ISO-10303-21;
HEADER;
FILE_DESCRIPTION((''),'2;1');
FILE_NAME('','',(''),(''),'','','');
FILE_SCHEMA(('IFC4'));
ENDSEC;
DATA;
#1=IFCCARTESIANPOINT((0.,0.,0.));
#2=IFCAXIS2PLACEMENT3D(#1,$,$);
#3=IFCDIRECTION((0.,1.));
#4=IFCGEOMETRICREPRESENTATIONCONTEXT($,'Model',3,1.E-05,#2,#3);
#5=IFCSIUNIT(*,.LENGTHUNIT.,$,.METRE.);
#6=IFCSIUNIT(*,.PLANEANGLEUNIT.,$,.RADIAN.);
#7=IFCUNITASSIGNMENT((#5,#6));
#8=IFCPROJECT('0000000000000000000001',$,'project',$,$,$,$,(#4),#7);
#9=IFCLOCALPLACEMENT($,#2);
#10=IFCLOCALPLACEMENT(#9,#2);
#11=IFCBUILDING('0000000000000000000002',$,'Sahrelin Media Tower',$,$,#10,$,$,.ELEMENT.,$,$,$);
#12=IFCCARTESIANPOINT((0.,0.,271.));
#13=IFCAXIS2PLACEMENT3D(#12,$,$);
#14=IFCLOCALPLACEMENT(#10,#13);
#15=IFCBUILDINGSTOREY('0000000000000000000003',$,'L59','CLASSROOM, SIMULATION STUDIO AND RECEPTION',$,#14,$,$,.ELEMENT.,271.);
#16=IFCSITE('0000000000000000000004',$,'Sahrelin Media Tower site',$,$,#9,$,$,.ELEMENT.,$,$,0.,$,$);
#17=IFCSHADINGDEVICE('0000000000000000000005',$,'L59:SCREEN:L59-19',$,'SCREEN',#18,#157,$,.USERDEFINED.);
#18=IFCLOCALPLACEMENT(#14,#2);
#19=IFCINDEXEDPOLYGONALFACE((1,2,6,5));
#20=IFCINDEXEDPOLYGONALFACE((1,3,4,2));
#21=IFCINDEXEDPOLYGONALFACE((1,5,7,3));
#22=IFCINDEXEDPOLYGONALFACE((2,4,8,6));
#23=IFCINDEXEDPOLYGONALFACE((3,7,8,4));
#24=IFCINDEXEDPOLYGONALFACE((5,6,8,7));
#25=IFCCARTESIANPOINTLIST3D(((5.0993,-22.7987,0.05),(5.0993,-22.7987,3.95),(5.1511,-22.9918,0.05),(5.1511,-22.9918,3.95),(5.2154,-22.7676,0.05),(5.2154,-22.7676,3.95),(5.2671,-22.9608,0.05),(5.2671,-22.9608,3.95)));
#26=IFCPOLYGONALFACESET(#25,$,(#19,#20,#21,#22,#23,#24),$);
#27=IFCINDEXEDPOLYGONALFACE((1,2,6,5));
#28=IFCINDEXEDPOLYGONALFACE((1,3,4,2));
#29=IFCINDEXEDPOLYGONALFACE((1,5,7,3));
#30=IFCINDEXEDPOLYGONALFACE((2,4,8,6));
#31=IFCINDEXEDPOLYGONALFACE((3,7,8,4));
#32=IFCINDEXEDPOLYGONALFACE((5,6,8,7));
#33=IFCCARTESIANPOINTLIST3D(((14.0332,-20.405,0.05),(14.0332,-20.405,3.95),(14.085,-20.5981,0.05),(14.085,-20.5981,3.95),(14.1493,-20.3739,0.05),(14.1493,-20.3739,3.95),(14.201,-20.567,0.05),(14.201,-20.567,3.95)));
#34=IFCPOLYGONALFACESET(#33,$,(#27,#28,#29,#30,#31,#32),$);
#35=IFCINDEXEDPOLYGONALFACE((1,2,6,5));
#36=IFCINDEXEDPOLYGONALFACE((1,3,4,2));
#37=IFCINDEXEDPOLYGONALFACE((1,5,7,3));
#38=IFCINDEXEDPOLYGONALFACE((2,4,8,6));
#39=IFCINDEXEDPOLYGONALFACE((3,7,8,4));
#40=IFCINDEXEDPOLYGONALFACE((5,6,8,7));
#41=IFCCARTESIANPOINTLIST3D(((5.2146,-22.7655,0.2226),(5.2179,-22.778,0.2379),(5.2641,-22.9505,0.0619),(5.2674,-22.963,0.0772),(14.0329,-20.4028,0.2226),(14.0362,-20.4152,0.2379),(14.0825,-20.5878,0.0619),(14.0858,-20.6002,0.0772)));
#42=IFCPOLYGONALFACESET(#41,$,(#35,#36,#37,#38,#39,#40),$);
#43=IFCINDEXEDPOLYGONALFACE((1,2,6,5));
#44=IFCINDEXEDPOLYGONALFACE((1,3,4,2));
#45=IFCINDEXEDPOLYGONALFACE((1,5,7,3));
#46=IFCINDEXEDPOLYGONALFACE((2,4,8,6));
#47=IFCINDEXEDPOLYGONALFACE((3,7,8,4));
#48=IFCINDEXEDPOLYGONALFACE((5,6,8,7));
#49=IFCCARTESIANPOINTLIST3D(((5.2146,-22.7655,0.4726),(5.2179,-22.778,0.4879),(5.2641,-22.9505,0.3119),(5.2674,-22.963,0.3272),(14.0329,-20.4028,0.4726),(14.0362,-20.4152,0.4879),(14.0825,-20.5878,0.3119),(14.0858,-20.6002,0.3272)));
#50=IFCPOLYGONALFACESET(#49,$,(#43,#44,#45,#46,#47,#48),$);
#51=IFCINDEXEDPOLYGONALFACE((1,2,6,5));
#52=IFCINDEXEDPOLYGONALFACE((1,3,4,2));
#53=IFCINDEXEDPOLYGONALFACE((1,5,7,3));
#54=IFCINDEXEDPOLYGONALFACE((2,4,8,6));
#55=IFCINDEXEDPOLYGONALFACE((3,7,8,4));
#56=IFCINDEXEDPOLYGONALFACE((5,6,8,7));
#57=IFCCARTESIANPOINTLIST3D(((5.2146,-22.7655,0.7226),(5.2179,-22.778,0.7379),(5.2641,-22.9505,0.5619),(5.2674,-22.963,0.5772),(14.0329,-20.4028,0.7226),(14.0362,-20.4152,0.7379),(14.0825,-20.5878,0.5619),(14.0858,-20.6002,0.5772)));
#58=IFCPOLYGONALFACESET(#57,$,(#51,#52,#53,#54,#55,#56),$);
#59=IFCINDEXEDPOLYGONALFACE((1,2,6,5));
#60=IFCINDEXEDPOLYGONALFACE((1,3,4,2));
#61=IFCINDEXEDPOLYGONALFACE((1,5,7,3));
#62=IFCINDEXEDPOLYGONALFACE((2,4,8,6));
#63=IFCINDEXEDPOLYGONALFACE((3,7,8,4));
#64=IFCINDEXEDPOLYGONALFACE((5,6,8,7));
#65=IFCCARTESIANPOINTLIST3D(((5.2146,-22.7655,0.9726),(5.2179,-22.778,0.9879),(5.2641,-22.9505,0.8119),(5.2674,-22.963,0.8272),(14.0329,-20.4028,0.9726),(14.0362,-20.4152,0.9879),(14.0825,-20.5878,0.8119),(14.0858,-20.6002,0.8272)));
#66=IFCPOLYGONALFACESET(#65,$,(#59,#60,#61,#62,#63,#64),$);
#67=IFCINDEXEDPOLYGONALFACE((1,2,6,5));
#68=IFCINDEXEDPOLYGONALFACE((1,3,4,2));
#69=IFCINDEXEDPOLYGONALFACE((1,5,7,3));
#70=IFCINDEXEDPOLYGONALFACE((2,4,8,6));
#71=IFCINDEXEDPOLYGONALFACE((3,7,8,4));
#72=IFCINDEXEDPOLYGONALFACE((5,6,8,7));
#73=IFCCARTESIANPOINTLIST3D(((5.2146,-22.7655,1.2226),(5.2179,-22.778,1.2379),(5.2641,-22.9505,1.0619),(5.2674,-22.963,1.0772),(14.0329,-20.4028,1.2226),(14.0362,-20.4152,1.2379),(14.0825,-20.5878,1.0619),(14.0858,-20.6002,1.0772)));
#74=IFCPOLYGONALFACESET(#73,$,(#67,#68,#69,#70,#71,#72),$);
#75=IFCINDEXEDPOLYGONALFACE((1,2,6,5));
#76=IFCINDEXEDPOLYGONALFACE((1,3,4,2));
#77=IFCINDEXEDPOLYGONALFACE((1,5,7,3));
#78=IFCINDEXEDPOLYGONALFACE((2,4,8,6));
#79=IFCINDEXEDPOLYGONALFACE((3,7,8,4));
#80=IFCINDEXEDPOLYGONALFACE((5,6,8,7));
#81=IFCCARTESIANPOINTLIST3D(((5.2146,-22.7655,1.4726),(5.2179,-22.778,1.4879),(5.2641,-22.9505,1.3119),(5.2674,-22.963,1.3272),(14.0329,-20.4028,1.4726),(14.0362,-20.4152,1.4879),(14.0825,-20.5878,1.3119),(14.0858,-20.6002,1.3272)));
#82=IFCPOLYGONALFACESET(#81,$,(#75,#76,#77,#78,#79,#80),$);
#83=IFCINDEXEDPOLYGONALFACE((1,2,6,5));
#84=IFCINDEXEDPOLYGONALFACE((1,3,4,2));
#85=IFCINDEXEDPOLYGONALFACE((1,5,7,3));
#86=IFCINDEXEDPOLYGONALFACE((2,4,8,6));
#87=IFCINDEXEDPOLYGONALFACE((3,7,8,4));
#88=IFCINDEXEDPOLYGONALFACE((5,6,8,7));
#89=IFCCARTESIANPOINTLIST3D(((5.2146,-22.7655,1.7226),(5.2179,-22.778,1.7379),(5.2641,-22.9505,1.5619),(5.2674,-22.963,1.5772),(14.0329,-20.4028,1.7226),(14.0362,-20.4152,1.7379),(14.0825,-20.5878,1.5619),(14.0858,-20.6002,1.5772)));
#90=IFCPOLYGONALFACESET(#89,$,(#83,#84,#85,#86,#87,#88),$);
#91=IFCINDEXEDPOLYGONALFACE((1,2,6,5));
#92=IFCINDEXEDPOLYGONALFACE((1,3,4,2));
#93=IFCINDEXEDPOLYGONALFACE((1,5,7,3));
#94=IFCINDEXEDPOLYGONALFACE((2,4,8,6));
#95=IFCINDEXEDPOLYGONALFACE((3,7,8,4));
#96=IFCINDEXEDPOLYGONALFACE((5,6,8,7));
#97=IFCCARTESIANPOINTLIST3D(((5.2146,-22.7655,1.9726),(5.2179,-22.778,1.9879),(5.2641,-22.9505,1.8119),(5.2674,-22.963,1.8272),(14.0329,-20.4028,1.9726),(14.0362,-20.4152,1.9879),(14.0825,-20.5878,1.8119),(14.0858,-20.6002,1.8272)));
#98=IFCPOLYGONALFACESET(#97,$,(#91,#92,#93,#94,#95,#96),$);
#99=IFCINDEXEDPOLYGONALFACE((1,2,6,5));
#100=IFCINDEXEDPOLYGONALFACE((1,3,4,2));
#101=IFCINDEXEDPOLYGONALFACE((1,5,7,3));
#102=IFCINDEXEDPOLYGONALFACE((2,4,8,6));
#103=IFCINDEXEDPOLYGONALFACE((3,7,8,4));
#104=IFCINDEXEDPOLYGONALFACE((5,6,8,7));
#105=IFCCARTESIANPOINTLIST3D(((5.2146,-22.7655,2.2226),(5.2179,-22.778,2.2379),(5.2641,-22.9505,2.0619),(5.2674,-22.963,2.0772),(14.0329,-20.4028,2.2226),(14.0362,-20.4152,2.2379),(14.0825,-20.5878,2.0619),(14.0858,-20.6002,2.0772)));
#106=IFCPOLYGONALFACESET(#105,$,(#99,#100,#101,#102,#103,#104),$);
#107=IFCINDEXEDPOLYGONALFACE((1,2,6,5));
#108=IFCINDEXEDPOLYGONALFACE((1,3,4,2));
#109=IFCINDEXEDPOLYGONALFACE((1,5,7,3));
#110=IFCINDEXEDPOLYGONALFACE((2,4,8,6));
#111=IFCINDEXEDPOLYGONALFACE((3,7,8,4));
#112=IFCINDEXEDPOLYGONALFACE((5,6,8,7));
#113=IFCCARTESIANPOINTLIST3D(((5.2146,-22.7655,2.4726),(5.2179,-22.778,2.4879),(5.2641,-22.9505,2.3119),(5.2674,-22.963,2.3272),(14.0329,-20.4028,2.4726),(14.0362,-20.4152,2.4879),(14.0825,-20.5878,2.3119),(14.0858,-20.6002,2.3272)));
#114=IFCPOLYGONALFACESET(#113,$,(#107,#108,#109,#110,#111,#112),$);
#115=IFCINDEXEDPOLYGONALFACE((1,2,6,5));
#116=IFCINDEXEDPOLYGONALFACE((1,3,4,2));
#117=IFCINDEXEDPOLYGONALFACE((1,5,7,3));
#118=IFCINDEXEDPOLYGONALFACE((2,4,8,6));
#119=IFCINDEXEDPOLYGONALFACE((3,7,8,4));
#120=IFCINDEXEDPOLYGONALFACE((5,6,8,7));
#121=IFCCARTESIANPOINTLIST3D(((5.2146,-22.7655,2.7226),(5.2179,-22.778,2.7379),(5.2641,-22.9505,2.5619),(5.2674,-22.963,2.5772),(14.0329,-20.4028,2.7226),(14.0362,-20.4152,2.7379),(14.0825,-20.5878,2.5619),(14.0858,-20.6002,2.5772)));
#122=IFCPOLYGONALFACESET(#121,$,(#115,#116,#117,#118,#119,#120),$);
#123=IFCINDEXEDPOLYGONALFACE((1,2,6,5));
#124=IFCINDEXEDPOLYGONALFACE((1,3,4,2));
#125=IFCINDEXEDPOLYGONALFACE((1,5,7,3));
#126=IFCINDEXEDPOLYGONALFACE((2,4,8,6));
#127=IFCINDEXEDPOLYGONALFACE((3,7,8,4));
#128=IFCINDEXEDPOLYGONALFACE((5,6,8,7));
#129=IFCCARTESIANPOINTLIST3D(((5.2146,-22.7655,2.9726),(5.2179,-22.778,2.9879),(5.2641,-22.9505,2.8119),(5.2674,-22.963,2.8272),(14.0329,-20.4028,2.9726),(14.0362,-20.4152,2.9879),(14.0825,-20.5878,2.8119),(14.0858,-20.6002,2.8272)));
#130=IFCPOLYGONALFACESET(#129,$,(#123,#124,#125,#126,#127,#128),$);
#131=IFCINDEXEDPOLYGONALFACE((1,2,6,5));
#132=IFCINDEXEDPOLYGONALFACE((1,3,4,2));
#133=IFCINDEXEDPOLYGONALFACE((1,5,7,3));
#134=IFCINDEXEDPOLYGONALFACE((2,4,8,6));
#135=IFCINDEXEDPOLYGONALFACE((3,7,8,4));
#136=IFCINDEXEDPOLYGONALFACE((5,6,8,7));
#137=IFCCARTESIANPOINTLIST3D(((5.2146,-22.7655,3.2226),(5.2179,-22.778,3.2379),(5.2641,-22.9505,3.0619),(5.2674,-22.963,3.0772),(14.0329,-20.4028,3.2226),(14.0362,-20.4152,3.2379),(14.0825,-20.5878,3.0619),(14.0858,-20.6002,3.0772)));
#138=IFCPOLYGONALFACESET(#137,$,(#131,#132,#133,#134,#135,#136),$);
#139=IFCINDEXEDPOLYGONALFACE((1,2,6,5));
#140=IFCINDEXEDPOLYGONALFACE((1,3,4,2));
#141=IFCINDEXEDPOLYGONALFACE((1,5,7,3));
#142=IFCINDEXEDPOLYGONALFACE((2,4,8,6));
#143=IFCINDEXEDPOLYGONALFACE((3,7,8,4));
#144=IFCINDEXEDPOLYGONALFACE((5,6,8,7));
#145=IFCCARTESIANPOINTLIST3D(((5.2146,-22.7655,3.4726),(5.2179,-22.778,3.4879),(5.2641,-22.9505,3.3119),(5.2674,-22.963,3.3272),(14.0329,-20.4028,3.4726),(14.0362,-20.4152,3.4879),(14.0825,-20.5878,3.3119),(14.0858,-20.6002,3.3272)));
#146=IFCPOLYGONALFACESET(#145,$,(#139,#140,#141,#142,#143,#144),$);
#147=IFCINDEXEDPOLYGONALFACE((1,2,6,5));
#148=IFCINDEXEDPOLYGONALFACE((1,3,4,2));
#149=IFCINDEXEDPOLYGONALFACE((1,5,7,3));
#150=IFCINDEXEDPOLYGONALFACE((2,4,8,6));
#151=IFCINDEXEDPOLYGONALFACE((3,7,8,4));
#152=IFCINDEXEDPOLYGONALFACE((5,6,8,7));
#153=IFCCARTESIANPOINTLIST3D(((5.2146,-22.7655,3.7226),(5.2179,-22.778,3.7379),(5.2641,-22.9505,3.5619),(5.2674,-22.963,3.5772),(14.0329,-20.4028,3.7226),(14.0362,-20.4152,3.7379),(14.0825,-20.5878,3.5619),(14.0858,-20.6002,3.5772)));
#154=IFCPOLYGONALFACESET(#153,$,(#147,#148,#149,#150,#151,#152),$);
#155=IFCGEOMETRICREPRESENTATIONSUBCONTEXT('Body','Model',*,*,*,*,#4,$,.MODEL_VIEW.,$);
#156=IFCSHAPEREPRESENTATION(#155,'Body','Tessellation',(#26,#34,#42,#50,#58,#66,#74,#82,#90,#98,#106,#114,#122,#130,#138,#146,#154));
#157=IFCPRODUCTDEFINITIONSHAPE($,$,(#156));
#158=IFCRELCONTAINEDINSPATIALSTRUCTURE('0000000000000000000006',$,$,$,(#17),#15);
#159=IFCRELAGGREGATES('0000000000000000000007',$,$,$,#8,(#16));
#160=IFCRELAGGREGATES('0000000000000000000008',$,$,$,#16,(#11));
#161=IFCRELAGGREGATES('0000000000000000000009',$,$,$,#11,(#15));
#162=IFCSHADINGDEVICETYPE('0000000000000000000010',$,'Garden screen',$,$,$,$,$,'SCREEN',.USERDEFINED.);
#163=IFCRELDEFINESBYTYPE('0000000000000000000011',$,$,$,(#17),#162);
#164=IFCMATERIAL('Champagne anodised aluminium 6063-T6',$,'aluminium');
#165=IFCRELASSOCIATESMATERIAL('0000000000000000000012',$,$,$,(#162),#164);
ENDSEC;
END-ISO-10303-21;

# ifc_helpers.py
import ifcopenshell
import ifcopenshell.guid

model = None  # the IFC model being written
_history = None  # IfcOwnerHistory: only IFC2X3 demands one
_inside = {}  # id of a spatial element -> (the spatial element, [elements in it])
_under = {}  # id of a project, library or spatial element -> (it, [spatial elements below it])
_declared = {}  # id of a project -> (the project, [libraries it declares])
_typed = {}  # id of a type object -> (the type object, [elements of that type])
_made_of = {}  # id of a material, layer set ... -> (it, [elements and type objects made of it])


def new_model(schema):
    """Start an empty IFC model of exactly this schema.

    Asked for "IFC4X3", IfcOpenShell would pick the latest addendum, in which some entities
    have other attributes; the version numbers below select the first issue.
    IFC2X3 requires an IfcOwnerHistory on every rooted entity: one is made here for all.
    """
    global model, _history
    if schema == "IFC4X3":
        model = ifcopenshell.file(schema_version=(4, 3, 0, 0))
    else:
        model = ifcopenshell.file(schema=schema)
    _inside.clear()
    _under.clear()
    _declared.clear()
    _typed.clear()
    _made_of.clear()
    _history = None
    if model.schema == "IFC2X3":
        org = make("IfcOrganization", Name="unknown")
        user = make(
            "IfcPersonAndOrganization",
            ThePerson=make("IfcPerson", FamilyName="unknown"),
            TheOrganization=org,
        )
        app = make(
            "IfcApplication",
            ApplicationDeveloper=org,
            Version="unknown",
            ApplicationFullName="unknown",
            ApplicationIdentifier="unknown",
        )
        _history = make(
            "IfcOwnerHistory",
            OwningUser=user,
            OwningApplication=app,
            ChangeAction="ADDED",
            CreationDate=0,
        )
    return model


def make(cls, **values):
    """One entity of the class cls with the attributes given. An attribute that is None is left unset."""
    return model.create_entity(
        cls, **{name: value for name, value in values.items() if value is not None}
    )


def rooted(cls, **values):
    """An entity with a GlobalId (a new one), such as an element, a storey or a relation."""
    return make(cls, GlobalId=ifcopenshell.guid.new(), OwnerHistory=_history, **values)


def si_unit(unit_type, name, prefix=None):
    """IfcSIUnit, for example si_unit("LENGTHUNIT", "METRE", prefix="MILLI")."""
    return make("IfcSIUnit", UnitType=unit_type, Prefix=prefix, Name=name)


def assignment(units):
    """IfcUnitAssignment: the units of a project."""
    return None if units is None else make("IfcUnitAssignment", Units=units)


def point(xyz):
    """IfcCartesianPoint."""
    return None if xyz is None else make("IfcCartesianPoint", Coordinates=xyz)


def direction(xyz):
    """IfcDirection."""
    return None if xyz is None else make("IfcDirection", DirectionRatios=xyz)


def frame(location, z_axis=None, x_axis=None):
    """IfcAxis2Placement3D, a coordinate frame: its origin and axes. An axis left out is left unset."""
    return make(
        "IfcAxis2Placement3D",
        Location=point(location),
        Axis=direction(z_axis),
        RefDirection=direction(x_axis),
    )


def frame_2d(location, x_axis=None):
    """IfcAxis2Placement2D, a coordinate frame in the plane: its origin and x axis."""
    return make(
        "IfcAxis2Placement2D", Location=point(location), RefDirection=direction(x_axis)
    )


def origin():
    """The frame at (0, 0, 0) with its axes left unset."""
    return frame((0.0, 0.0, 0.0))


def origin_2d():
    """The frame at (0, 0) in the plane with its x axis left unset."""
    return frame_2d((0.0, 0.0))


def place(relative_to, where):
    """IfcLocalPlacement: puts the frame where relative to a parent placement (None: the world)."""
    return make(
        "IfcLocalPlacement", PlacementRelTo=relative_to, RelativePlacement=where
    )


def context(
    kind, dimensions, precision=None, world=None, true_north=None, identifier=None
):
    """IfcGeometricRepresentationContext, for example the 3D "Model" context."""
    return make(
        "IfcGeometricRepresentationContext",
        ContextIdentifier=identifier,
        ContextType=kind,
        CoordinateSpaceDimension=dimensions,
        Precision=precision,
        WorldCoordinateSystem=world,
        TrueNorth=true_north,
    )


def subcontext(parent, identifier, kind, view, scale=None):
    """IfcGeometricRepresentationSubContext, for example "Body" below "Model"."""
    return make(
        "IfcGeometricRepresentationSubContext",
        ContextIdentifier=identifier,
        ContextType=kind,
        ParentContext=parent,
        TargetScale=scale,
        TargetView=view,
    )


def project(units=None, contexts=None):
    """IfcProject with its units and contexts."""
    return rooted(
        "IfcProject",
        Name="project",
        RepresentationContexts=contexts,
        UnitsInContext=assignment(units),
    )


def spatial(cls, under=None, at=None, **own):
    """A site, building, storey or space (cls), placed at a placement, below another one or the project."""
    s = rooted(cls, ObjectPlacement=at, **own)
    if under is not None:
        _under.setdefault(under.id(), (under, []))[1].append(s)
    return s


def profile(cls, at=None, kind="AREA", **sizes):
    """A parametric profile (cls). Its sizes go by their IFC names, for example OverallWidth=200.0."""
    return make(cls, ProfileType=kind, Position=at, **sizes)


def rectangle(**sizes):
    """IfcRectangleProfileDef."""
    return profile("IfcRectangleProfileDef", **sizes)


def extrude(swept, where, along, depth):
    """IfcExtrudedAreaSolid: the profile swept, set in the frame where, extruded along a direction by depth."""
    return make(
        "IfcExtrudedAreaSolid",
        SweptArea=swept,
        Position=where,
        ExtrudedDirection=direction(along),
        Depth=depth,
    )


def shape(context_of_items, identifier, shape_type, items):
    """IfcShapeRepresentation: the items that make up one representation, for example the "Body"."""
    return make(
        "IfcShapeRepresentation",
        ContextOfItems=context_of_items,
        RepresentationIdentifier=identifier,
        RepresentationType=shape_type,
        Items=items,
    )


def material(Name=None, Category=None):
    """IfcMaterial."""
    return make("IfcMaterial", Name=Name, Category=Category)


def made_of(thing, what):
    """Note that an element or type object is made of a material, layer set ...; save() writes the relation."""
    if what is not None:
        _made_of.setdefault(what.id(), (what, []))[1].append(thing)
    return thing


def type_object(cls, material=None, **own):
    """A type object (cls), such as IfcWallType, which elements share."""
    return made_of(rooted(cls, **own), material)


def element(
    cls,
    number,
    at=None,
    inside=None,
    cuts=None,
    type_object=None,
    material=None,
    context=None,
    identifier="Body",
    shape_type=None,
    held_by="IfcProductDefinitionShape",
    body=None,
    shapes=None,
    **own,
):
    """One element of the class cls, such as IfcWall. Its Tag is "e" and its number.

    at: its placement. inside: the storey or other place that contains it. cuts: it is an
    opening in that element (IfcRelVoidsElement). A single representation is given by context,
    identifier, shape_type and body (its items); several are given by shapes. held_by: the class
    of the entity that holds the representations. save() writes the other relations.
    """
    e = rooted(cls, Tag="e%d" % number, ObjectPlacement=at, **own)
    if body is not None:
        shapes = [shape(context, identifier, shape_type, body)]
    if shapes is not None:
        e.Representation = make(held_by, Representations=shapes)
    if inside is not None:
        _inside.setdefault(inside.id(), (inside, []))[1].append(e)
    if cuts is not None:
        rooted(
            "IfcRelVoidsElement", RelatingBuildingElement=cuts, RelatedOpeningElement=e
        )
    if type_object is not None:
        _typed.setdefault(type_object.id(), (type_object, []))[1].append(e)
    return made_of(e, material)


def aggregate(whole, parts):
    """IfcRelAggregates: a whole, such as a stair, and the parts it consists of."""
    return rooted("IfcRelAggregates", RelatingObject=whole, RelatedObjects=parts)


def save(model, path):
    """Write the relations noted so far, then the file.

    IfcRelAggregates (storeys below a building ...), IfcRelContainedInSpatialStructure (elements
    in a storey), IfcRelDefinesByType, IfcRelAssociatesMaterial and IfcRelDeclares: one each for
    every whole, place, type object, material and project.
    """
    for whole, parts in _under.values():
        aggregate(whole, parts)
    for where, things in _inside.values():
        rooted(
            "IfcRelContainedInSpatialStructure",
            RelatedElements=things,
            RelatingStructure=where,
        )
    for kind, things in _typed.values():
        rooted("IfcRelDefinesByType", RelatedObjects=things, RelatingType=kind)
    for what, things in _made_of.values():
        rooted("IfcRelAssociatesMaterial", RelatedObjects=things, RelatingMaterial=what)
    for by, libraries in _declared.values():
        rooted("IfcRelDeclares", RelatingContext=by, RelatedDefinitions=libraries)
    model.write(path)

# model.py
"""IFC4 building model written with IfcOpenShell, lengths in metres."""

from ifc_helpers import new_model, si_unit, direction, frame, origin, origin_2d, place, context, subcontext, project, spatial, rectangle, extrude, material, type_object, element, save


model = new_model("IFC4")

# Units and contexts
model_context = context("Model", 3, precision=1e-05, world=origin(), true_north=direction((0.0, 1.0)))
body_context = subcontext(model_context, "Body", "Model", "MODEL_VIEW")
ifc_project = project(units=[si_unit("LENGTHUNIT", "METRE"), si_unit("PLANEANGLEUNIT", "RADIAN")], contexts=[model_context])

# Site, building, storey
site_placement = place(None, origin())
site = spatial("IfcSite", under=ifc_project, at=site_placement, Name="Sahrelin Media Tower site", CompositionType="ELEMENT", RefElevation=0.0)
building_placement = place(site_placement, origin())
building = spatial("IfcBuilding", under=site, at=building_placement, Name="Sahrelin Media Tower", CompositionType="ELEMENT")
storey_placement = place(building_placement, frame((0.0, 0.0, 271.0)))
storey = spatial("IfcBuildingStorey", under=building, at=storey_placement, Name="L59", Description="CLASSROOM, SIMULATION STUDIO AND RECEPTION", CompositionType="ELEMENT", Elevation=271.0)

# Shading device
ifc_material_1 = material(Name="Champagne anodised aluminium 6063-T6", Category="aluminium")
shading_device_type = type_object("IfcShadingDeviceType", Name="Garden screen", ElementType="SCREEN", PredefinedType="USERDEFINED", material=ifc_material_1)
shading_device_placement = place(storey_placement, frame((9.6243, -21.5862, 0.0), z_axis=(0.0, 0.0, 1.0), x_axis=(-0.965929, -0.258808, 0.0)))
element("IfcShadingDevice", 1, at=shading_device_placement, inside=storey, type_object=shading_device_type, Name="L59:SCREEN:L59-19", ObjectType="SCREEN", PredefinedType="USERDEFINED", context=body_context, shape_type="SweptSolid", body=[
    extrude(rectangle(XDim=0.1201, YDim=0.2, at=origin_2d()), frame((4.6245, 0.1001, 0.05), z_axis=(0.0, 0.0, 1.0), x_axis=(1.0, 0.0, 0.0)), (0.0, 0.0, 1.0), 3.8999),
    extrude(rectangle(XDim=0.1201, YDim=0.2, at=origin_2d()), frame((-4.6245, 0.1001, 0.05), z_axis=(0.0, 0.0, 1.0), x_axis=(1.0, 0.0, 0.0)), (0.0, 0.0, 1.0), 3.8999),
    extrude(rectangle(XDim=0.25, YDim=0.02, at=origin_2d()), frame((4.5647, 0.1001, 0.1499), z_axis=(-1.0, 0.0, 0.0), x_axis=(0.0, -0.766044, 0.642788)), (0.0, 0.0, 1.0), 9.1294),
    extrude(rectangle(XDim=0.25, YDim=0.02, at=origin_2d()), frame((4.5647, 0.1001, 0.3999), z_axis=(-1.0, 0.0, 0.0), x_axis=(0.0, -0.766044, 0.642788)), (0.0, 0.0, 1.0), 9.1294),
    extrude(rectangle(XDim=0.25, YDim=0.02, at=origin_2d()), frame((4.5647, 0.1001, 0.6499), z_axis=(-1.0, 0.0, 0.0), x_axis=(0.0, -0.766044, 0.642788)), (0.0, 0.0, 1.0), 9.1294),
    extrude(rectangle(XDim=0.25, YDim=0.02, at=origin_2d()), frame((4.5647, 0.1001, 0.8999), z_axis=(-1.0, 0.0, 0.0), x_axis=(0.0, -0.766044, 0.642788)), (0.0, 0.0, 1.0), 9.1294),
    extrude(rectangle(XDim=0.25, YDim=0.02, at=origin_2d()), frame((4.5647, 0.1001, 1.1499), z_axis=(-1.0, 0.0, 0.0), x_axis=(0.0, -0.766044, 0.642788)), (0.0, 0.0, 1.0), 9.1294),
    extrude(rectangle(XDim=0.25, YDim=0.02, at=origin_2d()), frame((4.5647, 0.1001, 1.3999), z_axis=(-1.0, 0.0, 0.0), x_axis=(0.0, -0.766044, 0.642788)), (0.0, 0.0, 1.0), 9.1294),
    extrude(rectangle(XDim=0.25, YDim=0.02, at=origin_2d()), frame((4.5647, 0.1001, 1.6499), z_axis=(-1.0, 0.0, 0.0), x_axis=(0.0, -0.766044, 0.642788)), (0.0, 0.0, 1.0), 9.1294),
    extrude(rectangle(XDim=0.25, YDim=0.02, at=origin_2d()), frame((4.5647, 0.1001, 1.8999), z_axis=(-1.0, 0.0, 0.0), x_axis=(0.0, -0.766044, 0.642788)), (0.0, 0.0, 1.0), 9.1294),
    extrude(rectangle(XDim=0.25, YDim=0.02, at=origin_2d()), frame((4.5647, 0.1001, 2.1499), z_axis=(-1.0, 0.0, 0.0), x_axis=(0.0, -0.766044, 0.642788)), (0.0, 0.0, 1.0), 9.1294),
    extrude(rectangle(XDim=0.25, YDim=0.02, at=origin_2d()), frame((4.5647, 0.1001, 2.3999), z_axis=(-1.0, 0.0, 0.0), x_axis=(0.0, -0.766044, 0.642788)), (0.0, 0.0, 1.0), 9.1294),
    extrude(rectangle(XDim=0.25, YDim=0.02, at=origin_2d()), frame((4.5647, 0.1001, 2.6499), z_axis=(-1.0, 0.0, 0.0), x_axis=(0.0, -0.766044, 0.642788)), (0.0, 0.0, 1.0), 9.1294),
    extrude(rectangle(XDim=0.25, YDim=0.02, at=origin_2d()), frame((4.5647, 0.1001, 2.8999), z_axis=(-1.0, 0.0, 0.0), x_axis=(0.0, -0.766044, 0.642788)), (0.0, 0.0, 1.0), 9.1294),
    extrude(rectangle(XDim=0.25, YDim=0.02, at=origin_2d()), frame((4.5647, 0.1001, 3.1499), z_axis=(-1.0, 0.0, 0.0), x_axis=(0.0, -0.766044, 0.642788)), (0.0, 0.0, 1.0), 9.1294),
    extrude(rectangle(XDim=0.25, YDim=0.02, at=origin_2d()), frame((4.5647, 0.1001, 3.3999), z_axis=(-1.0, 0.0, 0.0), x_axis=(0.0, -0.766044, 0.642788)), (0.0, 0.0, 1.0), 9.1294),
    extrude(rectangle(XDim=0.25, YDim=0.02, at=origin_2d()), frame((4.5647, 0.1001, 3.6499), z_axis=(-1.0, 0.0, 0.0), x_axis=(0.0, -0.766044, 0.642788)), (0.0, 0.0, 1.0), 9.1294),
])

save(model, "model.ifc")
